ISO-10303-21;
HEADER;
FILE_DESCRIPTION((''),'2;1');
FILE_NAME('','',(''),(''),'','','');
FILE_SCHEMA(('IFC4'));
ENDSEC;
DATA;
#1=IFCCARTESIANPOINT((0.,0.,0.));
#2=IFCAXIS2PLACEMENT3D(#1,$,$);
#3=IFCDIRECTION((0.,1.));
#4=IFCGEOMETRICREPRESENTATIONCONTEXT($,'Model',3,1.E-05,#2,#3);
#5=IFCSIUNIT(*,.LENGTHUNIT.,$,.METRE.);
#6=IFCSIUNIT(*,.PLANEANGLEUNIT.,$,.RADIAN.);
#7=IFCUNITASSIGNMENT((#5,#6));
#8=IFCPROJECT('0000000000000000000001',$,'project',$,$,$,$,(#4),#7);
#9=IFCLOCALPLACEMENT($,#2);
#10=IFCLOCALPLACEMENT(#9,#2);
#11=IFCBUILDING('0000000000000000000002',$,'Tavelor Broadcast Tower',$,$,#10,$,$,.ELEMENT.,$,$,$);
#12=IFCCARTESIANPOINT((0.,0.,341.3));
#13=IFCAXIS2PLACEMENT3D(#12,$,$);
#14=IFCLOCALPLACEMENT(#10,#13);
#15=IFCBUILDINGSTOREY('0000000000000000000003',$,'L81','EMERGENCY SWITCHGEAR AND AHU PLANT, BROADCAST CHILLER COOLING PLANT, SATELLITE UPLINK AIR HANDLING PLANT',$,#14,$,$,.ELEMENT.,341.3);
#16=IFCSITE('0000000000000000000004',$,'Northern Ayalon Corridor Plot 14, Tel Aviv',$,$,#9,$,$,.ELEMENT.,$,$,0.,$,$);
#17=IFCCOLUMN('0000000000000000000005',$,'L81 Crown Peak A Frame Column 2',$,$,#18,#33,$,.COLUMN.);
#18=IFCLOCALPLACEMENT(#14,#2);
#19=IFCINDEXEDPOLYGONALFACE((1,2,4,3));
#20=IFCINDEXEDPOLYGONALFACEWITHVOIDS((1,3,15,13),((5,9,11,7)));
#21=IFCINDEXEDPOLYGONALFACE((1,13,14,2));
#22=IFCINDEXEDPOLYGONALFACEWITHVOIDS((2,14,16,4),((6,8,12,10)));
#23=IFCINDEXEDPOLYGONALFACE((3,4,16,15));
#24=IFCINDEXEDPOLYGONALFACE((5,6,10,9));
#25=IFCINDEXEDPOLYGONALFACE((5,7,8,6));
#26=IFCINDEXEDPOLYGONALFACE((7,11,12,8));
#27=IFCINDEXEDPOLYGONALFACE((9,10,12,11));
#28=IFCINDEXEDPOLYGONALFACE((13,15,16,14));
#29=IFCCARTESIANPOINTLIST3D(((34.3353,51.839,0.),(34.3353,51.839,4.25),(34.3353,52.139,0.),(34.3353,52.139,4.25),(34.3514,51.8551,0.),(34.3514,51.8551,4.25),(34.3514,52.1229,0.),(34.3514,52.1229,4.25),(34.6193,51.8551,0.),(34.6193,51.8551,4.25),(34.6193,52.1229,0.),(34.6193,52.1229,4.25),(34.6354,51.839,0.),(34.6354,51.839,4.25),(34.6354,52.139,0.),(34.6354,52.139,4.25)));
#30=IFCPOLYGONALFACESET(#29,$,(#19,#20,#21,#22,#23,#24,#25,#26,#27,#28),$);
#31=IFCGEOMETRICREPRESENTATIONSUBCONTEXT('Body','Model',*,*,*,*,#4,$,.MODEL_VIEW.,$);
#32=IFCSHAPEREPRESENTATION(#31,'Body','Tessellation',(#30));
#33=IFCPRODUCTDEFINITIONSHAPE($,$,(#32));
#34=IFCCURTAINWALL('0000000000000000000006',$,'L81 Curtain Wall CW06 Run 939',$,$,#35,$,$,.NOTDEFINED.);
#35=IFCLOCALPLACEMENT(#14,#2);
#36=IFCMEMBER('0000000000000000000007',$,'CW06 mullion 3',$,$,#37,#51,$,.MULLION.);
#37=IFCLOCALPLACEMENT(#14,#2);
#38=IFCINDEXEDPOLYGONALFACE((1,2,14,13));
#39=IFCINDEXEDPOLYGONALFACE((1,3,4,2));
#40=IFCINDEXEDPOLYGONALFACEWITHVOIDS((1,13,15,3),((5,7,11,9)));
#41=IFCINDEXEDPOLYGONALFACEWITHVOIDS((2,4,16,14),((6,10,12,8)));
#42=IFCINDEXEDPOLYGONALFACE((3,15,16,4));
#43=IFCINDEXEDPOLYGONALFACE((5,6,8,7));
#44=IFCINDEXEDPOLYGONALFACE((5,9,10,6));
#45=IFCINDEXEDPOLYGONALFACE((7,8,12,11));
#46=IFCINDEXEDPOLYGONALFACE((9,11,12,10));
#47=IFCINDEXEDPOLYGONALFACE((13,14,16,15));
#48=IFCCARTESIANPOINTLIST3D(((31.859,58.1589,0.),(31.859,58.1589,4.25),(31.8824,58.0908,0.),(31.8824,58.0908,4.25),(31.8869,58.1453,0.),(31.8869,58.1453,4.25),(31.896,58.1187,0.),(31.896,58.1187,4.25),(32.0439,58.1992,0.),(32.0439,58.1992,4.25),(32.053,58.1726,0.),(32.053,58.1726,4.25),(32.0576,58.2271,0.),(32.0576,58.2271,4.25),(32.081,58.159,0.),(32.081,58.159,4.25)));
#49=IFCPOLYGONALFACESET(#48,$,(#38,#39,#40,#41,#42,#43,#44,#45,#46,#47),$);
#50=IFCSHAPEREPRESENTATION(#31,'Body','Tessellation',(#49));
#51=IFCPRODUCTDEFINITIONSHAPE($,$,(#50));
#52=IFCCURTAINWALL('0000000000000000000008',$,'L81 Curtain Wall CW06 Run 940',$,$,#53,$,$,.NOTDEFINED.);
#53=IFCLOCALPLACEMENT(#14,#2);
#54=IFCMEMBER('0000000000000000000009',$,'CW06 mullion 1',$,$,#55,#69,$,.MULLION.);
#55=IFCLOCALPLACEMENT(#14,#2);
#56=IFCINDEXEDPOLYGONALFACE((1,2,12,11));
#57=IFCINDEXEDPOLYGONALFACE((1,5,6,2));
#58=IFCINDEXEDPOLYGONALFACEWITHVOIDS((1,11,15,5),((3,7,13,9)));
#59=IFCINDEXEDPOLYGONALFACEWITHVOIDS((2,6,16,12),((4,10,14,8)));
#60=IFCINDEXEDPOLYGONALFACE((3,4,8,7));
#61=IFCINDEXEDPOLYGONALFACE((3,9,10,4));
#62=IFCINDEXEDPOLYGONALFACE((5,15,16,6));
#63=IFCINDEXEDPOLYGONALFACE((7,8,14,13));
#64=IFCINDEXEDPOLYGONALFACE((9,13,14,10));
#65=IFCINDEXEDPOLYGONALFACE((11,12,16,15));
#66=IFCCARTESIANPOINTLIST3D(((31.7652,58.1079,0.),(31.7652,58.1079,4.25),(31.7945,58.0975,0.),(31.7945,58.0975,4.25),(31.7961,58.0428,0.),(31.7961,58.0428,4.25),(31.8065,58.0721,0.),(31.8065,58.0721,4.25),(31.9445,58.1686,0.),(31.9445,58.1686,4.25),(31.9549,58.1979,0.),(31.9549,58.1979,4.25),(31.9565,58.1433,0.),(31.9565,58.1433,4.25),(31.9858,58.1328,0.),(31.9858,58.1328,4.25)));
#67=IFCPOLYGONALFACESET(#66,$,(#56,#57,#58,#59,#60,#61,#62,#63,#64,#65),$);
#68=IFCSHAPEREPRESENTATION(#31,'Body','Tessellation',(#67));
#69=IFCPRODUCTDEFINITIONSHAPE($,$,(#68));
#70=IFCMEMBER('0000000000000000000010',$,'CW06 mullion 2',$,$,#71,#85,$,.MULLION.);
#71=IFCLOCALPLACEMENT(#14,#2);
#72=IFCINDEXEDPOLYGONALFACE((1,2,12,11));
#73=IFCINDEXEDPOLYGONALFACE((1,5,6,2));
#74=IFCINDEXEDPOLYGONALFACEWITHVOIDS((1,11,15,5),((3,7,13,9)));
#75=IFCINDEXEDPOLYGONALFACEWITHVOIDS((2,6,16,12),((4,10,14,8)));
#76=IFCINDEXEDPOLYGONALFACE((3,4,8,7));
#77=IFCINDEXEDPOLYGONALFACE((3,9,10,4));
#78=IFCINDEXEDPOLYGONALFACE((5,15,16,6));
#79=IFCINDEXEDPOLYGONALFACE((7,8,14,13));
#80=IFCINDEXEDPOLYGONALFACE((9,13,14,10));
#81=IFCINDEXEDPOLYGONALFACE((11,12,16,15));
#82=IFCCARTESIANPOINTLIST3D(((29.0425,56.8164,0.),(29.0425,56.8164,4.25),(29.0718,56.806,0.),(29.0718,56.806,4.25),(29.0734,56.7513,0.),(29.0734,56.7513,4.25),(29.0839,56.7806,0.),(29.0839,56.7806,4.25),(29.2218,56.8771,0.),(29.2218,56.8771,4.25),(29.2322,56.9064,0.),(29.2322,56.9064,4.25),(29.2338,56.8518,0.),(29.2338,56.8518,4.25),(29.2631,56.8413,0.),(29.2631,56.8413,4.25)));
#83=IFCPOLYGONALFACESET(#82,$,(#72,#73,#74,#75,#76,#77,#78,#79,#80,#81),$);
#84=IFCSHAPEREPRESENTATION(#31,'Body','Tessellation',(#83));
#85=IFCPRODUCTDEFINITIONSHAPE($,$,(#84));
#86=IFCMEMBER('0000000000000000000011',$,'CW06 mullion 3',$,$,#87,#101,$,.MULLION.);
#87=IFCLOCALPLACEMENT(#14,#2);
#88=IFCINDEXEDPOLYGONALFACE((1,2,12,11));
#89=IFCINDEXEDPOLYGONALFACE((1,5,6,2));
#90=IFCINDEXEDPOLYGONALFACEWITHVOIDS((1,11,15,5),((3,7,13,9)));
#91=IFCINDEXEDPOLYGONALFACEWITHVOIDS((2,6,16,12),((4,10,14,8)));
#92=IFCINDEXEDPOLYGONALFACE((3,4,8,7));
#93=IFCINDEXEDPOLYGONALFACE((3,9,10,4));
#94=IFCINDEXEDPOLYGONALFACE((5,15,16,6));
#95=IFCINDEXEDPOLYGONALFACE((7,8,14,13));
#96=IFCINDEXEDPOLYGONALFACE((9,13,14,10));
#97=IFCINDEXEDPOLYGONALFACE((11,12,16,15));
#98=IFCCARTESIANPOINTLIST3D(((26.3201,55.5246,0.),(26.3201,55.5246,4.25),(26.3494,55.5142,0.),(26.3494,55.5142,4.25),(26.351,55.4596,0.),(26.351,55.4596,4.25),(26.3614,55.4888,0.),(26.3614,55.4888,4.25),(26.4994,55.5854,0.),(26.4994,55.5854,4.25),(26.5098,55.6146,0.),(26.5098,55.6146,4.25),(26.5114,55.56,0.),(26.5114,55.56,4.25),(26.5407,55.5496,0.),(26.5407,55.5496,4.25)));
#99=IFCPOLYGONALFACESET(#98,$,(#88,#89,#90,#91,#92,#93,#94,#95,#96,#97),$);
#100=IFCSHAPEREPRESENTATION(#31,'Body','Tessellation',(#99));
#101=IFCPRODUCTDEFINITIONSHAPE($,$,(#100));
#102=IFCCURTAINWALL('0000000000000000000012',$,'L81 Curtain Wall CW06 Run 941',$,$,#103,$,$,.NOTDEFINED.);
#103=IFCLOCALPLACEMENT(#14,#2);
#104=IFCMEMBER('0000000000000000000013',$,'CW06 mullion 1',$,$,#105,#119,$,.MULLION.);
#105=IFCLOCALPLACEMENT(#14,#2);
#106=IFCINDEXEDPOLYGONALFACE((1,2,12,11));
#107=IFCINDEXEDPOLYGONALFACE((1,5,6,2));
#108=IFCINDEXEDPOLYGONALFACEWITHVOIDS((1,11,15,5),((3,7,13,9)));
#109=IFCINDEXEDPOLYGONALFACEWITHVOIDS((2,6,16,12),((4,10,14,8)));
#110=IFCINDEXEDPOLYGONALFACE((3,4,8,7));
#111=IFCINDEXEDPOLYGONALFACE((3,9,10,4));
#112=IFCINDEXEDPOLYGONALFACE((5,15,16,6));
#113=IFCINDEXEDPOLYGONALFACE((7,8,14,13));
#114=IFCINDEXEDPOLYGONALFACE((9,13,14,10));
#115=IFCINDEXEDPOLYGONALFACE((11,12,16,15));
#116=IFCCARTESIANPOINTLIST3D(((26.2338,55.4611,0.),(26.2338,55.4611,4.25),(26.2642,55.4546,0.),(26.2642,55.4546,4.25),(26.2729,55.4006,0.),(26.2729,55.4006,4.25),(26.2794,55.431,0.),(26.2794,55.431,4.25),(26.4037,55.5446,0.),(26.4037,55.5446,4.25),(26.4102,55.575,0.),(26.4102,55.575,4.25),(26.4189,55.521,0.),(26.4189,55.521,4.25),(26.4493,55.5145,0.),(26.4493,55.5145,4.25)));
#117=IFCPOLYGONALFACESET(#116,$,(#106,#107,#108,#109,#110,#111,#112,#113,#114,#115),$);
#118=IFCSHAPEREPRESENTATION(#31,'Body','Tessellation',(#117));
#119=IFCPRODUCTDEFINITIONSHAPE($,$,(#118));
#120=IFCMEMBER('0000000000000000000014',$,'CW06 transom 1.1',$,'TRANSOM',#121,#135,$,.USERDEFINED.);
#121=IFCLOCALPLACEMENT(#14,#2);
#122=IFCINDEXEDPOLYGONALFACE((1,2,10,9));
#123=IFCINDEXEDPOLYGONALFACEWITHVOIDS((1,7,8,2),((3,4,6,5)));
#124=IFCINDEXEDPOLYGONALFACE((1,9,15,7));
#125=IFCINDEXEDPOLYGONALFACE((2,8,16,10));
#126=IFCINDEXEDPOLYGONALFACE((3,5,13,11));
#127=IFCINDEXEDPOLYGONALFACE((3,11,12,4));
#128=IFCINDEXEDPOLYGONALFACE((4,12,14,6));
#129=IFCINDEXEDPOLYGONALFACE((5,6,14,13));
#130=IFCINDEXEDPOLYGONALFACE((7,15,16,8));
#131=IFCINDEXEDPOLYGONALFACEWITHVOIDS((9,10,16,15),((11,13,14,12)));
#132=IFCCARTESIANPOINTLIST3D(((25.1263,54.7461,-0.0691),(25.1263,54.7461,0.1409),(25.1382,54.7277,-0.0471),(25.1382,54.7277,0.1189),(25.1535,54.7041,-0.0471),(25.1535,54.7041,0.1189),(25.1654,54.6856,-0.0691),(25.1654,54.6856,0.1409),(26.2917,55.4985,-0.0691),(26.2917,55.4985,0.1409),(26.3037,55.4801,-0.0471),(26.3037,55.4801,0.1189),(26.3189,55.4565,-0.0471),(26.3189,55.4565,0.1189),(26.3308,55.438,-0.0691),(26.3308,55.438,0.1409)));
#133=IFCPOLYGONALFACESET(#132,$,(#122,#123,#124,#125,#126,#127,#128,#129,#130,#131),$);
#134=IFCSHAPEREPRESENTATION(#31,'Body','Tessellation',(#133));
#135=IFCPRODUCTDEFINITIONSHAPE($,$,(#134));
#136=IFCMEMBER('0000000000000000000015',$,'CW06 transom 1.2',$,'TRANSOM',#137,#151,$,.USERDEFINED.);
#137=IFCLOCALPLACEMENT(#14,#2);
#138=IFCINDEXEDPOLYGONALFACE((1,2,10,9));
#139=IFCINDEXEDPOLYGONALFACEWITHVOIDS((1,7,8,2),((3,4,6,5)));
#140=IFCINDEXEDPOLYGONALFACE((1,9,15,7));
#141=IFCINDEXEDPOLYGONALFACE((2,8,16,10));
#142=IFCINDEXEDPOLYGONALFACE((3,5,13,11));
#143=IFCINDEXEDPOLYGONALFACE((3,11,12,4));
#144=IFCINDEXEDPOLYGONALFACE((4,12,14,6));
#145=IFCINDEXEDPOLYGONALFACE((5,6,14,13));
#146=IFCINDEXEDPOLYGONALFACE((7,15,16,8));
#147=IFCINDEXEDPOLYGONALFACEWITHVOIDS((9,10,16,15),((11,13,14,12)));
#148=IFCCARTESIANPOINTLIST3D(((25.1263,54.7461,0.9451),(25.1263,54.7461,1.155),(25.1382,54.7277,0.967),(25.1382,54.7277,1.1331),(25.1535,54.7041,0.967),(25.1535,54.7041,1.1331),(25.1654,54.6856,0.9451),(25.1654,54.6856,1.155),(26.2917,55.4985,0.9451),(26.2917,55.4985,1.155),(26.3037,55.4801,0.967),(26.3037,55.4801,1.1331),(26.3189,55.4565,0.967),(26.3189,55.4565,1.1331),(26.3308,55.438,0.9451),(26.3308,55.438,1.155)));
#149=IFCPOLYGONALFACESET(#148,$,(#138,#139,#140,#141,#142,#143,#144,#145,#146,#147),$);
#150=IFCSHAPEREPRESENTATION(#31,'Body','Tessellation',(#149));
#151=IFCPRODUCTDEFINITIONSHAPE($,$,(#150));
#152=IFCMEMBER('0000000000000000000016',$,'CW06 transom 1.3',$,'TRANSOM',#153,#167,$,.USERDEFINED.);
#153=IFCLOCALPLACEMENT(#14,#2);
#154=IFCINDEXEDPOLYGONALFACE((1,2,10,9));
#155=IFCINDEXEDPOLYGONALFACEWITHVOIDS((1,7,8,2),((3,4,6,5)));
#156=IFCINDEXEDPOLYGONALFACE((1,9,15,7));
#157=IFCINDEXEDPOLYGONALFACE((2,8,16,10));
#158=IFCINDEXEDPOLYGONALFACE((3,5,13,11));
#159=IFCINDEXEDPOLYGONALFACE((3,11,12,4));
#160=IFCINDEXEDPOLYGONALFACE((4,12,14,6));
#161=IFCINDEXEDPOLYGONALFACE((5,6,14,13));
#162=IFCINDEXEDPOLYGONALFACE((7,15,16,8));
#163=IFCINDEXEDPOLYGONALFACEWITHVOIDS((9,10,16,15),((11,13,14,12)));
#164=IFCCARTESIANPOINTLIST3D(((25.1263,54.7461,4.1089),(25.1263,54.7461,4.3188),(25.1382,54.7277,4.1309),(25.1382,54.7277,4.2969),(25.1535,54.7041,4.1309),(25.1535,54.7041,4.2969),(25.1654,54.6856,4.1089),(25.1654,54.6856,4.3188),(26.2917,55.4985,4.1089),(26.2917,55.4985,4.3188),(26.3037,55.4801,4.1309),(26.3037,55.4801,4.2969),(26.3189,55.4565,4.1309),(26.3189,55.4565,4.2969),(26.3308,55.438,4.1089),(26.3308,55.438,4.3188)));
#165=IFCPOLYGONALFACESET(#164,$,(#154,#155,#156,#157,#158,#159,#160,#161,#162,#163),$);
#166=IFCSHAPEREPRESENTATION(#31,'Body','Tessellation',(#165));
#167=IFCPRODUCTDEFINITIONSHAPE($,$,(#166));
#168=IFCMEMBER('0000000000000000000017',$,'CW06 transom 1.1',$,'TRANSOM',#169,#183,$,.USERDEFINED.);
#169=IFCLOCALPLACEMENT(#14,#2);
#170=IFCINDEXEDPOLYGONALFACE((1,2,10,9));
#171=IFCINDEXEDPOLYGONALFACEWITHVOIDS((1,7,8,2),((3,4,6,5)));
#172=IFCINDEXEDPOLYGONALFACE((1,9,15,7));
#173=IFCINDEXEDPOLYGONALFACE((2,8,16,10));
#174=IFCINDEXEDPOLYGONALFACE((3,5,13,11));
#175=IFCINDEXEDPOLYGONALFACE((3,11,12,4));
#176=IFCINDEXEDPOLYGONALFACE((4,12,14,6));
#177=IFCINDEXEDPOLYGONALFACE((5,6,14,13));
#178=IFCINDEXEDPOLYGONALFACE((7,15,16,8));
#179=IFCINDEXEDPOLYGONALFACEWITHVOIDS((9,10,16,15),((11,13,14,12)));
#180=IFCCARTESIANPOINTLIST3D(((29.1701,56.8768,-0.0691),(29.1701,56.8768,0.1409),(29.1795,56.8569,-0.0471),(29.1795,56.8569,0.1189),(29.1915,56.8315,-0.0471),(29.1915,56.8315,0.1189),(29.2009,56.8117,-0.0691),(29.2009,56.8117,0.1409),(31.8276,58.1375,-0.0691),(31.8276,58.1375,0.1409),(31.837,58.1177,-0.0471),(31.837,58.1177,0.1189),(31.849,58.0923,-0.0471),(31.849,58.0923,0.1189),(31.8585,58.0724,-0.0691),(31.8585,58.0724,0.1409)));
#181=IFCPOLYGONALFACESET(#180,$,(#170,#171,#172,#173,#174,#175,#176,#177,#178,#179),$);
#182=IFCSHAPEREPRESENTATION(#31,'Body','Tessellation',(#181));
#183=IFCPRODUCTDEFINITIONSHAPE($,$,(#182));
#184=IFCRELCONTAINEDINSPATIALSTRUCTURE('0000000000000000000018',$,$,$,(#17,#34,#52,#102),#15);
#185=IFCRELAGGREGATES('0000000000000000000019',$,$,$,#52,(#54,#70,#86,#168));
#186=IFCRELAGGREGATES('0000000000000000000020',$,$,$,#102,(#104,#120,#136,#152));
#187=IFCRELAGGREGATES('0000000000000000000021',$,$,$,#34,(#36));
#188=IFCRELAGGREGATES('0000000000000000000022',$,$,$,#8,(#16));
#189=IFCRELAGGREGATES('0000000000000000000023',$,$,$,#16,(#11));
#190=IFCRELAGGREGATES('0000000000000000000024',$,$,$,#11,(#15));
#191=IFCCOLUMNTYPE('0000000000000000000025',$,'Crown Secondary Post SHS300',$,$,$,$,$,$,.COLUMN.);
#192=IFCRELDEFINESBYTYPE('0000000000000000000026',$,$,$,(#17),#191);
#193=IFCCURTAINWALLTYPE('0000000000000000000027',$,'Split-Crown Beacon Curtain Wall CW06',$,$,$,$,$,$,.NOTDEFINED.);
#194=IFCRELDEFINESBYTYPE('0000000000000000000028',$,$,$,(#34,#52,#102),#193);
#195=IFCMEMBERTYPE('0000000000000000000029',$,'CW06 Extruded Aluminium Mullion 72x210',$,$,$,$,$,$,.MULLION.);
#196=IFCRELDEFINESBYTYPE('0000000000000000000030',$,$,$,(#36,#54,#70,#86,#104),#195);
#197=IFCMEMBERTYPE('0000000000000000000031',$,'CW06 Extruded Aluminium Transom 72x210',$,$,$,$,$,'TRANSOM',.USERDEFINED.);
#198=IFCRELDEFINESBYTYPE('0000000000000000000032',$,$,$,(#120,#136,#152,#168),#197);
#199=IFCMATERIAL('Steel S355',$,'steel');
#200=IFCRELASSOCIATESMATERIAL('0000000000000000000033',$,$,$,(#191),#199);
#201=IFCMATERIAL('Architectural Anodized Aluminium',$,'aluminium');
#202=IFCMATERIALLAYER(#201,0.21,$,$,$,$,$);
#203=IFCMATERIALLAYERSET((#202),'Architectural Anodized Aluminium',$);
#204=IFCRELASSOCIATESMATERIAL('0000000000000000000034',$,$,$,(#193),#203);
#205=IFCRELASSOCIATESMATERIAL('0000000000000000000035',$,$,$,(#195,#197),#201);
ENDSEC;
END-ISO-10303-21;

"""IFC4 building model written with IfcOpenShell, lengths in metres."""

from ifc_helpers import new_model, si_unit, direction, frame, origin, origin_2d, place, context, subcontext, project, spatial, hollow_rectangle, extrude, source, transform, mapped, material, layer, layer_set, material_profile, profile_set, type_object, type_shapes, element, aggregate, save


model = new_model("IFC4")

# Units and contexts
model_context = context("Model", 3, precision=1e-05, world=origin(), true_north=direction((0.0, 1.0)))
body_context = subcontext(model_context, "Body", "Model", "MODEL_VIEW")
ifc_project = project(units=[si_unit("LENGTHUNIT", "METRE"), si_unit("PLANEANGLEUNIT", "RADIAN")], contexts=[model_context])

# Site, building, storey
site_placement = place(None, origin())
site = spatial("IfcSite", under=ifc_project, at=site_placement, Name="Northern Ayalon Corridor Plot 14, Tel Aviv", CompositionType="ELEMENT", RefElevation=0.0)
building_placement = place(site_placement, origin())
building = spatial("IfcBuilding", under=site, at=building_placement, Name="Tavelor Broadcast Tower", CompositionType="ELEMENT")
storey_placement = place(building_placement, frame((0.0, 0.0, 341.3)))
storey = spatial("IfcBuildingStorey", under=building, at=storey_placement, Name="L81", Description="EMERGENCY SWITCHGEAR AND AHU PLANT, BROADCAST CHILLER COOLING PLANT, SATELLITE UPLINK AIR HANDLING PLANT", CompositionType="ELEMENT", Elevation=341.3)

# Column
ifc_material_1 = material(Name="Steel S355", Category="steel")
ifc_material_profile_1 = material_profile(ifc_material_1, hollow_rectangle(XDim=0.3, YDim=0.3, WallThickness=0.0161, at=origin_2d()), Name="SHS 300x300x16")
ifc_profile_set_1 = profile_set([ifc_material_profile_1], Name="Steel S355")
column_type = type_object("IfcColumnType", Name="Crown Secondary Post SHS300", PredefinedType="COLUMN", material=ifc_profile_set_1)
column_placement = place(storey_placement, frame((34.4854, 51.989, 0.0), z_axis=(0.0, 0.0, 1.0), x_axis=(1.0, 0.0, 0.0)))
element("IfcColumn", 1, at=column_placement, inside=storey, type_object=column_type, Name="L81 Crown Peak A Frame Column 2", PredefinedType="COLUMN", context=body_context, shape_type="SweptSolid", body=[
    extrude(hollow_rectangle(XDim=0.3, YDim=0.3, WallThickness=0.0161, at=origin_2d()), origin(), (0.0, 0.0, 1.0), 4.25),
])

# Curtain wall, member
ifc_material_2 = material(Name="Architectural Anodized Aluminium", Category="aluminium")
ifc_layer_1 = layer(ifc_material_2, 0.21)
ifc_layer_set_1 = layer_set([ifc_layer_1], Name="Architectural Anodized Aluminium")
curtain_wall_type = type_object("IfcCurtainWallType", Name="Split-Crown Beacon Curtain Wall CW06", PredefinedType="NOTDEFINED", material=ifc_layer_set_1)
curtain_wall_1_placement = place(storey_placement, origin())
curtain_wall_1 = element("IfcCurtainWall", 2, at=curtain_wall_1_placement, inside=storey, type_object=curtain_wall_type, Name="L81 Curtain Wall CW06 Run 939", PredefinedType="NOTDEFINED")
ifc_material_profile_2 = material_profile(ifc_material_2, hollow_rectangle(XDim=0.072, YDim=0.21, WallThickness=0.022, at=origin_2d()), Name="RHS 72x210x22")
ifc_profile_set_2 = profile_set([ifc_material_profile_2], Name="Architectural Anodized Aluminium")
member_type_1 = type_object("IfcMemberType", Name="CW06 Extruded Aluminium Mullion 72x210", PredefinedType="MULLION", material=ifc_profile_set_2)
shared_shape_1 = source(origin(), body_context, "Body", "SweptSolid", [
    extrude(hollow_rectangle(XDim=0.072, YDim=0.21, WallThickness=0.022, at=origin_2d()), origin(), (0.0, 0.0, 1.0), 4.25),
])
type_shapes(member_type_1, [shared_shape_1])
member_1_placement = place(storey_placement, frame((31.97, 58.1589, 0.0), z_axis=(0.0, 0.0, 1.0), x_axis=(0.324728, -0.945807, 0.0)))
member_1 = element("IfcMember", 3, at=member_1_placement, type_object=member_type_1, Name="CW06 mullion 3", PredefinedType="MULLION", context=body_context, shape_type="MappedRepresentation", body=[
    mapped(shared_shape_1, transform((0.0, 0.0, 0.0), scale=1.0)),
])

# Curtain walls, members
curtain_wall_2_placement = place(storey_placement, origin())
curtain_wall_2 = element("IfcCurtainWall", 4, at=curtain_wall_2_placement, inside=storey, type_object=curtain_wall_type, Name="L81 Curtain Wall CW06 Run 940", PredefinedType="NOTDEFINED")
member_2_placement = place(storey_placement, frame((31.8755, 58.1204, 0.0), z_axis=(0.0, 0.0, 1.0), x_axis=(0.428616, -0.903487, 0.0)))
member_2 = element("IfcMember", 5, at=member_2_placement, type_object=member_type_1, Name="CW06 mullion 1", PredefinedType="MULLION", context=body_context, shape_type="MappedRepresentation", body=[
    mapped(shared_shape_1, transform((0.0, 0.0, 0.0), scale=1.0)),
])
member_3_placement = place(storey_placement, frame((29.1528, 56.8289, 0.0), z_axis=(0.0, 0.0, 1.0), x_axis=(0.428616, -0.903487, 0.0)))
member_3 = element("IfcMember", 6, at=member_3_placement, type_object=member_type_1, Name="CW06 mullion 2", PredefinedType="MULLION", context=body_context, shape_type="MappedRepresentation", body=[
    mapped(shared_shape_1, transform((0.0, 0.0, 0.0), scale=1.0)),
])
member_4_placement = place(storey_placement, frame((26.4304, 55.5371, 0.0), z_axis=(0.0, 0.0, 1.0), x_axis=(0.428616, -0.903487, 0.0)))
member_4 = element("IfcMember", 7, at=member_4_placement, type_object=member_type_1, Name="CW06 mullion 3", PredefinedType="MULLION", context=body_context, shape_type="MappedRepresentation", body=[
    mapped(shared_shape_1, transform((0.0, 0.0, 0.0), scale=1.0)),
])
curtain_wall_3_placement = place(storey_placement, origin())
curtain_wall_3 = element("IfcCurtainWall", 8, at=curtain_wall_3_placement, inside=storey, type_object=curtain_wall_type, Name="L81 Curtain Wall CW06 Run 941", PredefinedType="NOTDEFINED")
member_5_placement = place(storey_placement, frame((26.3416, 55.4878, 0.0), z_axis=(0.0, 0.0, 1.0), x_axis=(0.542387, -0.840129, 0.0)))
member_5 = element("IfcMember", 9, at=member_5_placement, type_object=member_type_1, Name="CW06 mullion 1", PredefinedType="MULLION", context=body_context, shape_type="MappedRepresentation", body=[
    mapped(shared_shape_1, transform((0.0, 0.0, 0.0), scale=1.0)),
])
ifc_material_profile_3 = material_profile(ifc_material_2, hollow_rectangle(XDim=0.072, YDim=0.21, WallThickness=0.022, at=origin_2d()), Name="RHS 72x210x22")
ifc_profile_set_3 = profile_set([ifc_material_profile_3], Name="Architectural Anodized Aluminium")
member_type_2 = type_object("IfcMemberType", Name="CW06 Extruded Aluminium Transom 72x210", ElementType="TRANSOM", PredefinedType="USERDEFINED", material=ifc_profile_set_3)
shared_shape_2 = source(origin(), body_context, "Body", "SweptSolid", [
    extrude(hollow_rectangle(XDim=0.072, YDim=0.21, WallThickness=0.022, at=origin_2d()), origin(), (0.0, 0.0, 1.0), 1.3872),
])
member_6_placement = place(storey_placement, frame((26.3113, 55.4683, 0.0359), z_axis=(-0.840136, -0.542375, 0.0), x_axis=(0.542375, -0.840136, 0.0)))
member_6 = element("IfcMember", 10, at=member_6_placement, type_object=member_type_2, Name="CW06 transom 1.1", ObjectType="TRANSOM", PredefinedType="USERDEFINED", context=body_context, shape_type="MappedRepresentation", body=[
    mapped(shared_shape_2, transform((0.0, 0.0, 0.0), scale=1.0)),
])
member_7_placement = place(storey_placement, frame((26.3113, 55.4683, 1.05), z_axis=(-0.840136, -0.542375, 0.0), x_axis=(0.542375, -0.840136, 0.0)))
member_7 = element("IfcMember", 11, at=member_7_placement, type_object=member_type_2, Name="CW06 transom 1.2", ObjectType="TRANSOM", PredefinedType="USERDEFINED", context=body_context, shape_type="MappedRepresentation", body=[
    mapped(shared_shape_2, transform((0.0, 0.0, 0.0), scale=1.0)),
])
member_8_placement = place(storey_placement, frame((26.3113, 55.4683, 4.2139), z_axis=(-0.840136, -0.542375, 0.0), x_axis=(0.542375, -0.840136, 0.0)))
member_8 = element("IfcMember", 12, at=member_8_placement, type_object=member_type_2, Name="CW06 transom 1.3", ObjectType="TRANSOM", PredefinedType="USERDEFINED", context=body_context, shape_type="MappedRepresentation", body=[
    mapped(shared_shape_2, transform((0.0, 0.0, 0.0), scale=1.0)),
])

# Member
shared_shape_3 = source(origin(), body_context, "Body", "SweptSolid", [
    extrude(hollow_rectangle(XDim=0.072, YDim=0.21, WallThickness=0.022, at=origin_2d()), origin(), (0.0, 0.0, 1.0), 2.9414),
])
type_shapes(member_type_2, [shared_shape_2, shared_shape_3])
member_9_placement = place(storey_placement, frame((31.843, 58.105, 0.0359), z_axis=(-0.903482, -0.428625, 0.0), x_axis=(0.428625, -0.903482, 0.0)))
member_9 = element("IfcMember", 13, at=member_9_placement, type_object=member_type_2, Name="CW06 transom 1.1", ObjectType="TRANSOM", PredefinedType="USERDEFINED", context=body_context, shape_type="MappedRepresentation", body=[
    mapped(shared_shape_3, transform((0.0, 0.0, 0.0), scale=1.0)),
])

aggregate(curtain_wall_2, [member_2, member_3, member_4, member_9])
aggregate(curtain_wall_3, [member_5, member_6, member_7, member_8])
aggregate(curtain_wall_1, [member_1])

save(model, "model.ifc")
